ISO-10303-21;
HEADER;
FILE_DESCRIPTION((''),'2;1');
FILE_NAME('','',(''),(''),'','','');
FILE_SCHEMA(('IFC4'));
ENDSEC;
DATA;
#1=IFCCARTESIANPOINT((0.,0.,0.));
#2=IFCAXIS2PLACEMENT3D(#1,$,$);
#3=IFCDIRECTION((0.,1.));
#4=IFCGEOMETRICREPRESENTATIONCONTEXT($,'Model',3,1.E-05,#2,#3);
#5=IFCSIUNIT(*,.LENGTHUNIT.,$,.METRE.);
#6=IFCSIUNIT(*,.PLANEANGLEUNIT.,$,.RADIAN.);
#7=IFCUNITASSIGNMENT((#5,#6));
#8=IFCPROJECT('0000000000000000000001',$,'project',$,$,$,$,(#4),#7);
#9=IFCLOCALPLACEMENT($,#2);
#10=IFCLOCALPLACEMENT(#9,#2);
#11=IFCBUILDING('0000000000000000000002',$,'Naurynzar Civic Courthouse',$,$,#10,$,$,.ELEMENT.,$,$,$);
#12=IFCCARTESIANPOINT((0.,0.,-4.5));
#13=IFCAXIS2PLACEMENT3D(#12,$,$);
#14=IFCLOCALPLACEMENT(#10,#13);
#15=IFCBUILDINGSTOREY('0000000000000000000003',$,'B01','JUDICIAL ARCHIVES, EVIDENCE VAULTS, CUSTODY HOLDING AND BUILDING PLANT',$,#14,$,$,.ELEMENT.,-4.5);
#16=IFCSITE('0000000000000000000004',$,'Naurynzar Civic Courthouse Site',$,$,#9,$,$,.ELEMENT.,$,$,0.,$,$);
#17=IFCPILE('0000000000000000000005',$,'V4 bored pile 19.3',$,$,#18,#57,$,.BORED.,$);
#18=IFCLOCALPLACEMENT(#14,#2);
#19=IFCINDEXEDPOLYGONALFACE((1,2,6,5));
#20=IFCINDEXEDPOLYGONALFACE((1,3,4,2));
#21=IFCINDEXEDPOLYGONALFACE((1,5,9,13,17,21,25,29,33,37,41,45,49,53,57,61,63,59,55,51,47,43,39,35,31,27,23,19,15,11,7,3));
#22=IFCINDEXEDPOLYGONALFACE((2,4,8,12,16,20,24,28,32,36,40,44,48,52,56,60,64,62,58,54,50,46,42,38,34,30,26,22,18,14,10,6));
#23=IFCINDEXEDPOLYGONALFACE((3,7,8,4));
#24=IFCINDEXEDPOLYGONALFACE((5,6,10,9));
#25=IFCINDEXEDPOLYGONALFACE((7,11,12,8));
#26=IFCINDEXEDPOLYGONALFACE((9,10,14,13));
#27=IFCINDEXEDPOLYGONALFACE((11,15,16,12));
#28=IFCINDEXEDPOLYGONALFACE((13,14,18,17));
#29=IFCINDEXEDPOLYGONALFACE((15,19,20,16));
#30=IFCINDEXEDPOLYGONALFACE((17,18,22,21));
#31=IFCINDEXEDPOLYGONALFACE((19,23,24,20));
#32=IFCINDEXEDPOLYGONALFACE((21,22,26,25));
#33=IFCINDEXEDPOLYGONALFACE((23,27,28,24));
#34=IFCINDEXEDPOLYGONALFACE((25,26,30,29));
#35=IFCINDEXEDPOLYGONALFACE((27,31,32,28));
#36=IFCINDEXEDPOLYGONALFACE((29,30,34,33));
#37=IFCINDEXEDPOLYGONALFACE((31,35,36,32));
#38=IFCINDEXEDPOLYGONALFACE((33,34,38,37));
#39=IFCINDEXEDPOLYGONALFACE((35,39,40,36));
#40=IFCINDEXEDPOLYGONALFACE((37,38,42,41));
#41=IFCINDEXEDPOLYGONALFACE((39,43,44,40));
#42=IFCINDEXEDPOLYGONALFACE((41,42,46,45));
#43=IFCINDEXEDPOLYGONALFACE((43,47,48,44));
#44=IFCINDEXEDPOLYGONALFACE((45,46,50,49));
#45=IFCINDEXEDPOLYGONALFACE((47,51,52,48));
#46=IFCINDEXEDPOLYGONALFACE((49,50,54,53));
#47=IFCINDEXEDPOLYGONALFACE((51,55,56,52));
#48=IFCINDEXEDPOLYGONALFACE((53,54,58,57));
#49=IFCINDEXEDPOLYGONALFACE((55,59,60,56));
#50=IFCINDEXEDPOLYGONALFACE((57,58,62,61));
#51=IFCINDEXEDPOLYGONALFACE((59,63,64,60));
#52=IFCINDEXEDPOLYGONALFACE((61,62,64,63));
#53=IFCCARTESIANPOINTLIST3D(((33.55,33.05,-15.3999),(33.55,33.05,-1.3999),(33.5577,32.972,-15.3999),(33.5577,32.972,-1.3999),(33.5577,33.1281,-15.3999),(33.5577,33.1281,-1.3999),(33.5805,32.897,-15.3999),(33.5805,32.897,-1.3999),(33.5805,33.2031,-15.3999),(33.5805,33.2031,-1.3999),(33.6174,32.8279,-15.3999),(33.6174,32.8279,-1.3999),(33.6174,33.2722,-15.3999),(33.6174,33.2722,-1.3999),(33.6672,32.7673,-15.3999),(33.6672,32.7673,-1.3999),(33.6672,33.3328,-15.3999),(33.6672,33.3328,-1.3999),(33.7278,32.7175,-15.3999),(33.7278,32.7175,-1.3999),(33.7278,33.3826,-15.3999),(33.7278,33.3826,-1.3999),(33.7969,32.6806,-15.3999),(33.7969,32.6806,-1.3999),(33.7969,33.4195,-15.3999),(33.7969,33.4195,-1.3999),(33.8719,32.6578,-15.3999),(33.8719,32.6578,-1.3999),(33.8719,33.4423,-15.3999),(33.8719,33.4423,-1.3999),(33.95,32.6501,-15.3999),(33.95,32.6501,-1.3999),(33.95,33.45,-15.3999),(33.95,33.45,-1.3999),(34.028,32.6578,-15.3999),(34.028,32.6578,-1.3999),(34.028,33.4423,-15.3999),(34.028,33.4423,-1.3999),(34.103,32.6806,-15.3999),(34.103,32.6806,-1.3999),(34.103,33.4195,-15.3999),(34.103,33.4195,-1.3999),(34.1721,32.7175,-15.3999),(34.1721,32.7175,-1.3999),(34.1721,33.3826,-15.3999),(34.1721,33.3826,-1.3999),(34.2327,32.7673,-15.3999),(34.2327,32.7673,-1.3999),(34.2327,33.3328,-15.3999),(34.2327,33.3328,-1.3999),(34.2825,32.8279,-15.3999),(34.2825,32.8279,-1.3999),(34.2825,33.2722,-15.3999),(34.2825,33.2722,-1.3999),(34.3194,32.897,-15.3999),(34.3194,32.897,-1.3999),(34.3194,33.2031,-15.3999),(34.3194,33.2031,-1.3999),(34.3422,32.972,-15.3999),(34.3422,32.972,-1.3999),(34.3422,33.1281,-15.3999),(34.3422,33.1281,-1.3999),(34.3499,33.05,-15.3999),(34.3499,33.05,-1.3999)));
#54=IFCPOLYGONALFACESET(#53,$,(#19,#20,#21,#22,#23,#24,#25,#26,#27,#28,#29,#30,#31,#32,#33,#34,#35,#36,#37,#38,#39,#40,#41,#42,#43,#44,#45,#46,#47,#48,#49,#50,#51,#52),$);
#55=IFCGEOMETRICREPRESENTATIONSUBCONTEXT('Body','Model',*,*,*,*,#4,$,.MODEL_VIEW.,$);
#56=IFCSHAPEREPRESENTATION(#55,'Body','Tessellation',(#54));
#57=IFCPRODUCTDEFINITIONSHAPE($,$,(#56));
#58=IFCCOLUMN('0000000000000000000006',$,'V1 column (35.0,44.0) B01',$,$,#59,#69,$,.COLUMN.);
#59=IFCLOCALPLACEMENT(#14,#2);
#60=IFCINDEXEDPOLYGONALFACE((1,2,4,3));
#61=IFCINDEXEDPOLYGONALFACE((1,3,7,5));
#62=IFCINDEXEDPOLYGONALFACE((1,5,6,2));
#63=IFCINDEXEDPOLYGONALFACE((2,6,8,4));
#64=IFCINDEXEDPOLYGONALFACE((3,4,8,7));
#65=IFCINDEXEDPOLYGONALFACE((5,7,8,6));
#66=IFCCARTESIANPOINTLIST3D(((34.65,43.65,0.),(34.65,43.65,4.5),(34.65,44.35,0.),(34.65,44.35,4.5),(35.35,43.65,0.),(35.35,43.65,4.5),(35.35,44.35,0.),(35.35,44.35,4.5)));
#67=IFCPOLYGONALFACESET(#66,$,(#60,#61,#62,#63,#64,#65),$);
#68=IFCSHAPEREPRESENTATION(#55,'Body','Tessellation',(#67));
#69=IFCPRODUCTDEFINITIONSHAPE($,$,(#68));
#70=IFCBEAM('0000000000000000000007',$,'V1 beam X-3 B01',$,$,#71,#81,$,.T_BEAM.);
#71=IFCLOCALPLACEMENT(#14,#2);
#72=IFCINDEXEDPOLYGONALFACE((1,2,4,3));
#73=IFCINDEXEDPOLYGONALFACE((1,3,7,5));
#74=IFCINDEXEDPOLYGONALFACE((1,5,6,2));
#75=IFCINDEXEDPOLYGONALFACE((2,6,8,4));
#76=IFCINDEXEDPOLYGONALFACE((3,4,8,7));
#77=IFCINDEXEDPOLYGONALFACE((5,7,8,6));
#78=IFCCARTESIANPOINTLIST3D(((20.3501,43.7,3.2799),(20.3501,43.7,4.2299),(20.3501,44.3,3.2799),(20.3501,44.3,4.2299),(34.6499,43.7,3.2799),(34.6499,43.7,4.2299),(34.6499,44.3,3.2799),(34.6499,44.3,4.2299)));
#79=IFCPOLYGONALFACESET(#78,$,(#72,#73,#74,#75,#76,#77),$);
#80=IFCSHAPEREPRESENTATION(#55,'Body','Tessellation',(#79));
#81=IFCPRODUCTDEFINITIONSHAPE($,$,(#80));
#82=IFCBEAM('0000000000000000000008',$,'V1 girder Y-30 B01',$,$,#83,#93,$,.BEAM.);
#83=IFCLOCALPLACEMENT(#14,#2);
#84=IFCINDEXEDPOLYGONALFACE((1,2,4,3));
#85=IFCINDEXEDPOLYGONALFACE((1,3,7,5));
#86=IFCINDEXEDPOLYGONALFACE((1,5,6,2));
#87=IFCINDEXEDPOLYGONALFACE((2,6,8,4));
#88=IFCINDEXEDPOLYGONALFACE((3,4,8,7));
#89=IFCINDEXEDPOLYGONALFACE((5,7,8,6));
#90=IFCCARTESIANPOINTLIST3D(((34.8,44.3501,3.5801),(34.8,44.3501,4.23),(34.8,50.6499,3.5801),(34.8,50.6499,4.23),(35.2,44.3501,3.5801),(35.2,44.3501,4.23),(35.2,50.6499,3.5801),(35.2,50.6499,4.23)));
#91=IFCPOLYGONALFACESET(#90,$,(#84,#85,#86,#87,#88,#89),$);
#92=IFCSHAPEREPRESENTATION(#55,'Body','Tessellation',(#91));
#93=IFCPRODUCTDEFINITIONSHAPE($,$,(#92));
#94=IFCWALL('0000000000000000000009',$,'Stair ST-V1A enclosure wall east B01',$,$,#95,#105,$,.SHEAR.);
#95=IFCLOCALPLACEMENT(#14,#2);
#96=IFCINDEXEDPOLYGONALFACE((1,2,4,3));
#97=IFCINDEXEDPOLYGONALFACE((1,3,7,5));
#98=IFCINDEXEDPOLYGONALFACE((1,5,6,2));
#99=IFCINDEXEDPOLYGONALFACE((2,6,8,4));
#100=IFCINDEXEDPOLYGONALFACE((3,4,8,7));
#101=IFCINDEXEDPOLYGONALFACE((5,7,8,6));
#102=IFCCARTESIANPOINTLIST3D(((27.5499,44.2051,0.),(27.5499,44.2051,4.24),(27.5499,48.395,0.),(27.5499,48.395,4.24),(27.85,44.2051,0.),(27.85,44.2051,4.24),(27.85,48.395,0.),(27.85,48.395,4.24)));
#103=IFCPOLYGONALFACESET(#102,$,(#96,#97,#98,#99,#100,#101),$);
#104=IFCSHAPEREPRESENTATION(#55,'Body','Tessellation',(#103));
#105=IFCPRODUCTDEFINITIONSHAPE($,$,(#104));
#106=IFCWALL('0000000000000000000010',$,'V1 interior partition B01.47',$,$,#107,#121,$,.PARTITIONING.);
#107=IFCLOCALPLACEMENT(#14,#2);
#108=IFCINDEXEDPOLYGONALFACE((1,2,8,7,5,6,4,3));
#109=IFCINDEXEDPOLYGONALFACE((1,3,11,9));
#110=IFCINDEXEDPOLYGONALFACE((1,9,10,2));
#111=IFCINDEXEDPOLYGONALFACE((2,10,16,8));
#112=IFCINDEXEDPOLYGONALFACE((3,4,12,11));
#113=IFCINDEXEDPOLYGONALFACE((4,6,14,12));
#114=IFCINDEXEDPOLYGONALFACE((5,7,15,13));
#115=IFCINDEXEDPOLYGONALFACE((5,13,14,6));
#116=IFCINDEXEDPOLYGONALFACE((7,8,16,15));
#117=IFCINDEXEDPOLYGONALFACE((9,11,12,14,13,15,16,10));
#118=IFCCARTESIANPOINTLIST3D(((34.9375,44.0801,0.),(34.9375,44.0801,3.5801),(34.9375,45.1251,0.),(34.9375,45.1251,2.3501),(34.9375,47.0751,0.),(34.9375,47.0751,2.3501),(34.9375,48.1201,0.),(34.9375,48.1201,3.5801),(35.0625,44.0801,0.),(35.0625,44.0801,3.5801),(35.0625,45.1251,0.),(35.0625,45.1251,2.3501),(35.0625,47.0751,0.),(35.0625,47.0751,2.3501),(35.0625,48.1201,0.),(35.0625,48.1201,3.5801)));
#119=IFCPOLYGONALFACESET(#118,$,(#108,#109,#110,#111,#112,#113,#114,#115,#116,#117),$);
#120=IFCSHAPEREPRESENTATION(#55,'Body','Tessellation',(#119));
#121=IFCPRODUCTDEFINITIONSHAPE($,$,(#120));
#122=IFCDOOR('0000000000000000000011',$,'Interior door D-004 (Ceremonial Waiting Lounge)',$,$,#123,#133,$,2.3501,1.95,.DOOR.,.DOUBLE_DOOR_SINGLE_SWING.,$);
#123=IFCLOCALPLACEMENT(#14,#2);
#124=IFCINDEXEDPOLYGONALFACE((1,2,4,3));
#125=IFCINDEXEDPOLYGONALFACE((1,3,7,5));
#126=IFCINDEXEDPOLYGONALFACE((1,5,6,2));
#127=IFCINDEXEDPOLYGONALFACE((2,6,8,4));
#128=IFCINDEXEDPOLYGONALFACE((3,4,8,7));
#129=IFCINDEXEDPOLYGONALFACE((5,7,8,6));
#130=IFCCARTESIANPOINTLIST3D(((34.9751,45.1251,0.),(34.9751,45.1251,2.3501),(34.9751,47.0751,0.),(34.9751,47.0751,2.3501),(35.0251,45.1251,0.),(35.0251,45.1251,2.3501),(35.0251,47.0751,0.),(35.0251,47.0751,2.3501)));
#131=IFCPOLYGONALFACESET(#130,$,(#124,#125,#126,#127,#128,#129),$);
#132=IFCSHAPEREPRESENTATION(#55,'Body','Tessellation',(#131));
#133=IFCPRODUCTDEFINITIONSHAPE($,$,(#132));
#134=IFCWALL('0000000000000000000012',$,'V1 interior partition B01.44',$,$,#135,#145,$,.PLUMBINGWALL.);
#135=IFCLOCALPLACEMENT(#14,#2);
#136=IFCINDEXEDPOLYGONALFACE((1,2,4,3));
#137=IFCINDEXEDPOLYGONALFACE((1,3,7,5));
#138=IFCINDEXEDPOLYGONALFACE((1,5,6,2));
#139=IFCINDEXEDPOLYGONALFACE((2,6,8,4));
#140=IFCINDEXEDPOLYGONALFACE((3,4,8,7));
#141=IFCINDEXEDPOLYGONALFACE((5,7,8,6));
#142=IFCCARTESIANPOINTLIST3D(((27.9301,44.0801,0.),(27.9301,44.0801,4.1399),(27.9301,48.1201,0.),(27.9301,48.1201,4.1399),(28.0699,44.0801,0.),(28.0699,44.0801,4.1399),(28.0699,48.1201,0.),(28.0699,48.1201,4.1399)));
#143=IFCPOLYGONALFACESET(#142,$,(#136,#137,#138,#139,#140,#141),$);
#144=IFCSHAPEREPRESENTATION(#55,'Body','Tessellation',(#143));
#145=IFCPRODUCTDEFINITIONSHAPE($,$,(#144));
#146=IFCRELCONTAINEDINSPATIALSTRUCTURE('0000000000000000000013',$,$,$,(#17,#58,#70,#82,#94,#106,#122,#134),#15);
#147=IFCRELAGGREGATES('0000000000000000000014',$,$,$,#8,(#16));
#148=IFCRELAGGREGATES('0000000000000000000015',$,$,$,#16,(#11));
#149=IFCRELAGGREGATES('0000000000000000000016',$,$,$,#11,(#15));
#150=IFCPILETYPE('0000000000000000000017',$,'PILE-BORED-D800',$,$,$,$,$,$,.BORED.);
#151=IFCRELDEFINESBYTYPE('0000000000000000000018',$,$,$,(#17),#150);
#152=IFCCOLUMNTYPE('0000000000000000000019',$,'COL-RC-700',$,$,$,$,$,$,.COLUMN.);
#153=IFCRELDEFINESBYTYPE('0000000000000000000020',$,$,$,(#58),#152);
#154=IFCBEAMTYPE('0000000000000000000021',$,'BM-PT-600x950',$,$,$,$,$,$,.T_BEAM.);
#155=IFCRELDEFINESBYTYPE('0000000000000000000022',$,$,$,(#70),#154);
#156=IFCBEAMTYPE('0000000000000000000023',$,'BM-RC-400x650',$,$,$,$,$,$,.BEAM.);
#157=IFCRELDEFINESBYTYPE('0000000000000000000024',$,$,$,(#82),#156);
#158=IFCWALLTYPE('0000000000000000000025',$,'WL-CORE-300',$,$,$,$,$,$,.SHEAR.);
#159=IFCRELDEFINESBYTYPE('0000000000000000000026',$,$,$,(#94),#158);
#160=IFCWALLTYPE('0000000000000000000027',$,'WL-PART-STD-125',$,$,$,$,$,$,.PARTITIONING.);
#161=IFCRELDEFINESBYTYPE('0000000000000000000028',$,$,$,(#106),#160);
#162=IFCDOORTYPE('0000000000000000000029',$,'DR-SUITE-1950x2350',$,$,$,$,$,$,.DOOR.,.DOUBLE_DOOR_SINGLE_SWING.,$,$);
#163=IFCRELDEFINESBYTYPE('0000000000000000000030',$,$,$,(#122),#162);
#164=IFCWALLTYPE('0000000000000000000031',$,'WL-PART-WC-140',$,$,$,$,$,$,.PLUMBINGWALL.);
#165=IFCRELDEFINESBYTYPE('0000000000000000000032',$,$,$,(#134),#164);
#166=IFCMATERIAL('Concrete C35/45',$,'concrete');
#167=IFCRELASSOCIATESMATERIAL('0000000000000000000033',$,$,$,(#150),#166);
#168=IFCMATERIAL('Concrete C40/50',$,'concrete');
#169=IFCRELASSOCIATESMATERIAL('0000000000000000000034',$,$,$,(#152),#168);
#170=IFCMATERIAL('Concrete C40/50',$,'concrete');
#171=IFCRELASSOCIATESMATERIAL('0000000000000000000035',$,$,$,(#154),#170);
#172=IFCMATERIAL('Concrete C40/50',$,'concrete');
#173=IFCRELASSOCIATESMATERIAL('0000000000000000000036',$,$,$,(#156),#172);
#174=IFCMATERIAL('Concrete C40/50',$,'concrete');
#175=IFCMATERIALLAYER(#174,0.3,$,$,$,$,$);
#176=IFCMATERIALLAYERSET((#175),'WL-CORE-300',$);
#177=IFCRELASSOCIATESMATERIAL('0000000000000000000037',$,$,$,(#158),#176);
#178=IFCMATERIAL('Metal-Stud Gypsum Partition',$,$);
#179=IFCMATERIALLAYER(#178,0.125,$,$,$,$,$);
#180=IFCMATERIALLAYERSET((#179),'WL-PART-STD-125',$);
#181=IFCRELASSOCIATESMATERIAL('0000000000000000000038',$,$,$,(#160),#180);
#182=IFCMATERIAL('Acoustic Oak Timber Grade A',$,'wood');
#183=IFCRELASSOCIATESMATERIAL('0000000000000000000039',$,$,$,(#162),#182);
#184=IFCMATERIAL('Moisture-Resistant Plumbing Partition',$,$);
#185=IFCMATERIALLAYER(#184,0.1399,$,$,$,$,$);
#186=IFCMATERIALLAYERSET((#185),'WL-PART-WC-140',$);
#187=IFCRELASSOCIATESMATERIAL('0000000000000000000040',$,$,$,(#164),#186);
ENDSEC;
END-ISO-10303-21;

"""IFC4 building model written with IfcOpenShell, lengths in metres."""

from ifc_helpers import new_model, si_unit, direction, frame, frame_2d, origin, origin_2d, place, context, subcontext, project, spatial, rectangle, circle, extrude, material, layer, layer_set, material_profile, profile_set, type_object, element, fill, save


model = new_model("IFC4")

# Units and contexts
model_context = context("Model", 3, precision=1e-05, world=origin(), true_north=direction((0.0, 1.0)))
body_context = subcontext(model_context, "Body", "Model", "MODEL_VIEW")
ifc_project = project(units=[si_unit("LENGTHUNIT", "METRE"), si_unit("PLANEANGLEUNIT", "RADIAN")], contexts=[model_context])

# Site, building, storey
site_placement = place(None, origin())
site = spatial("IfcSite", under=ifc_project, at=site_placement, Name="Naurynzar Civic Courthouse Site", CompositionType="ELEMENT", RefElevation=0.0)
building_placement = place(site_placement, origin())
building = spatial("IfcBuilding", under=site, at=building_placement, Name="Naurynzar Civic Courthouse", CompositionType="ELEMENT")
storey_placement = place(building_placement, frame((0.0, 0.0, -4.5)))
storey = spatial("IfcBuildingStorey", under=building, at=storey_placement, Name="B01", Description="JUDICIAL ARCHIVES, EVIDENCE VAULTS, CUSTODY HOLDING AND BUILDING PLANT", CompositionType="ELEMENT", Elevation=-4.5)

# Pile
ifc_material_1 = material(Name="Concrete C35/45", Category="concrete")
ifc_material_profile_1 = material_profile(ifc_material_1, circle(Radius=0.3999, at=origin_2d()), Name="PILE D800")
ifc_profile_set_1 = profile_set([ifc_material_profile_1], Name="Concrete C35/45")
pile_type = type_object("IfcPileType", Name="PILE-BORED-D800", PredefinedType="BORED", material=ifc_profile_set_1)
for number, where, z_axis, x_axis, name in (
    (1, (33.95, 33.05, -1.3999), (0.0, 0.0, -1.0), (1.0, 0.0, 0.0), "V4 bored pile 19.3"),
):
    element("IfcPile", number, at=place(storey_placement, frame(where, z_axis=z_axis, x_axis=x_axis)), inside=storey, type_object=pile_type, Name=name, PredefinedType="BORED", context=body_context, shape_type="SweptSolid", body=[
        extrude(circle(Radius=0.3999, at=origin_2d()), origin(), (0.0, 0.0, 1.0), 14.0),
    ])

# Column
ifc_material_2 = material(Name="Concrete C40/50", Category="concrete")
ifc_material_profile_2 = material_profile(ifc_material_2, rectangle(XDim=0.7, YDim=0.7, at=origin_2d()), Name="RC 700x700")
ifc_profile_set_2 = profile_set([ifc_material_profile_2], Name="Concrete C40/50")
column_type = type_object("IfcColumnType", Name="COL-RC-700", PredefinedType="COLUMN", material=ifc_profile_set_2)
column_placement = place(storey_placement, frame((35.0, 44.0, 0.0), z_axis=(0.0, 0.0, 1.0), x_axis=(1.0, 0.0, 0.0)))
element("IfcColumn", 2, at=column_placement, inside=storey, type_object=column_type, Name="V1 column (35.0,44.0) B01", PredefinedType="COLUMN", context=body_context, shape_type="SweptSolid", body=[
    extrude(rectangle(XDim=0.7, YDim=0.7, at=origin_2d()), origin(), (0.0, 0.0, 1.0), 4.5),
])

# Beams
ifc_material_3 = material(Name="Concrete C40/50", Category="concrete")
ifc_material_profile_3 = material_profile(ifc_material_3, rectangle(XDim=0.6001, YDim=0.95, at=origin_2d()), Name="PTB 600x950")
ifc_profile_set_3 = profile_set([ifc_material_profile_3], Name="Concrete C40/50")
beam_type_1 = type_object("IfcBeamType", Name="BM-PT-600x950", PredefinedType="T_BEAM", material=ifc_profile_set_3)
beam_1_placement = place(storey_placement, frame((20.3501, 44.0, 3.7549), z_axis=(1.0, 0.0, 0.0), x_axis=(0.0, 1.0, 0.0)))
element("IfcBeam", 3, at=beam_1_placement, inside=storey, type_object=beam_type_1, Name="V1 beam X-3 B01", PredefinedType="T_BEAM", context=body_context, shape_type="SweptSolid", body=[
    extrude(rectangle(XDim=0.6001, YDim=0.95, at=origin_2d()), origin(), (0.0, 0.0, 1.0), 14.2998),
])
ifc_material_4 = material(Name="Concrete C40/50", Category="concrete")
ifc_material_profile_4 = material_profile(ifc_material_4, rectangle(XDim=0.3999, YDim=0.6499, at=origin_2d()), Name="RCB 400x650")
ifc_profile_set_4 = profile_set([ifc_material_profile_4], Name="Concrete C40/50")
beam_type_2 = type_object("IfcBeamType", Name="BM-RC-400x650", PredefinedType="BEAM", material=ifc_profile_set_4)
beam_2_placement = place(storey_placement, frame((35.0, 44.3501, 3.905), z_axis=(0.0, 1.0, 0.0), x_axis=(-1.0, 0.0, 0.0)))
element("IfcBeam", 4, at=beam_2_placement, inside=storey, type_object=beam_type_2, Name="V1 girder Y-30 B01", PredefinedType="BEAM", context=body_context, shape_type="SweptSolid", body=[
    extrude(rectangle(XDim=0.3999, YDim=0.6499, at=origin_2d()), origin(), (0.0, 0.0, 1.0), 6.2998),
])

# Wall
ifc_material_5 = material(Name="Concrete C40/50", Category="concrete")
ifc_layer_1 = layer(ifc_material_5, 0.3)
ifc_layer_set_1 = layer_set([ifc_layer_1], Name="WL-CORE-300")
wall_type_1 = type_object("IfcWallType", Name="WL-CORE-300", PredefinedType="SHEAR", material=ifc_layer_set_1)
wall_1_placement = place(storey_placement, frame((27.7, 44.2051, 0.0), z_axis=(0.0, 0.0, 1.0), x_axis=(0.0, 1.0, 0.0)))
element("IfcWall", 5, at=wall_1_placement, inside=storey, type_object=wall_type_1, Name="Stair ST-V1A enclosure wall east B01", PredefinedType="SHEAR", context=body_context, shape_type="SweptSolid", body=[
    extrude(rectangle(XDim=4.1899, YDim=0.3, at=frame_2d((2.095, 0.0))), origin(), (0.0, 0.0, 1.0), 4.24),
])

# Wall, opening, door
ifc_material_6 = material(Name="Metal-Stud Gypsum Partition")
ifc_layer_2 = layer(ifc_material_6, 0.125)
ifc_layer_set_2 = layer_set([ifc_layer_2], Name="WL-PART-STD-125")
wall_type_2 = type_object("IfcWallType", Name="WL-PART-STD-125", PredefinedType="PARTITIONING", material=ifc_layer_set_2)
wall_2_placement = place(storey_placement, frame((35.0, 44.0801, 0.0), z_axis=(0.0, 0.0, 1.0), x_axis=(0.0, 1.0, 0.0)))
wall_2 = element("IfcWall", 6, at=wall_2_placement, inside=storey, type_object=wall_type_2, Name="V1 interior partition B01.47", PredefinedType="PARTITIONING", context=body_context, shape_type="SweptSolid", body=[
    extrude(rectangle(XDim=4.04, YDim=0.125, at=frame_2d((2.02, 0.0))), origin(), (0.0, 0.0, 1.0), 3.5801),
])
opening_1_placement = place(wall_2_placement, frame((1.0449, 0.0, 0.0)))
opening_1 = element("IfcOpeningElement", 7, at=opening_1_placement, cuts=wall_2, PredefinedType="OPENING", context=body_context, shape_type="SweptSolid", body=[
    extrude(rectangle(XDim=1.95, YDim=2.3501, at=frame_2d((0.9751, 1.175))), frame((0.0, 0.0725, 0.0), z_axis=(0.0, -1.0, 0.0), x_axis=(1.0, 0.0, 0.0)), (0.0, 0.0, 1.0), 0.145),
])
ifc_material_7 = material(Name="Acoustic Oak Timber Grade A", Category="wood")
door_type_1 = type_object("IfcDoorType", Name="DR-SUITE-1950x2350", OperationType="DOUBLE_DOOR_SINGLE_SWING", PredefinedType="DOOR", material=ifc_material_7)
door_1_placement = place(opening_1_placement, origin())
door_1 = element("IfcDoor", 8, at=door_1_placement, inside=storey, type_object=door_type_1, Name="Interior door D-004 (Ceremonial Waiting Lounge)", OperationType="DOUBLE_DOOR_SINGLE_SWING", OverallHeight=2.3501, OverallWidth=1.95, PredefinedType="DOOR", context=body_context, shape_type="SweptSolid", body=[
    extrude(rectangle(XDim=1.95, YDim=2.3501, at=frame_2d((0.9751, 1.175))), frame((0.0, 0.0249, 0.0), z_axis=(0.0, -1.0, 0.0), x_axis=(1.0, 0.0, 0.0)), (0.0, 0.0, 1.0), 0.05),
])
fill(opening_1, door_1)

# Wall
ifc_material_8 = material(Name="Moisture-Resistant Plumbing Partition")
ifc_layer_3 = layer(ifc_material_8, 0.1399)
ifc_layer_set_3 = layer_set([ifc_layer_3], Name="WL-PART-WC-140")
wall_type_3 = type_object("IfcWallType", Name="WL-PART-WC-140", PredefinedType="PLUMBINGWALL", material=ifc_layer_set_3)
wall_3_placement = place(storey_placement, frame((28.0, 44.0801, 0.0), z_axis=(0.0, 0.0, 1.0), x_axis=(0.0, 1.0, 0.0)))
element("IfcWall", 9, at=wall_3_placement, inside=storey, type_object=wall_type_3, Name="V1 interior partition B01.44", PredefinedType="PLUMBINGWALL", context=body_context, shape_type="SweptSolid", body=[
    extrude(rectangle(XDim=4.04, YDim=0.1399, at=frame_2d((2.02, 0.0))), origin(), (0.0, 0.0, 1.0), 4.1399),
])

save(model, "model.ifc")
